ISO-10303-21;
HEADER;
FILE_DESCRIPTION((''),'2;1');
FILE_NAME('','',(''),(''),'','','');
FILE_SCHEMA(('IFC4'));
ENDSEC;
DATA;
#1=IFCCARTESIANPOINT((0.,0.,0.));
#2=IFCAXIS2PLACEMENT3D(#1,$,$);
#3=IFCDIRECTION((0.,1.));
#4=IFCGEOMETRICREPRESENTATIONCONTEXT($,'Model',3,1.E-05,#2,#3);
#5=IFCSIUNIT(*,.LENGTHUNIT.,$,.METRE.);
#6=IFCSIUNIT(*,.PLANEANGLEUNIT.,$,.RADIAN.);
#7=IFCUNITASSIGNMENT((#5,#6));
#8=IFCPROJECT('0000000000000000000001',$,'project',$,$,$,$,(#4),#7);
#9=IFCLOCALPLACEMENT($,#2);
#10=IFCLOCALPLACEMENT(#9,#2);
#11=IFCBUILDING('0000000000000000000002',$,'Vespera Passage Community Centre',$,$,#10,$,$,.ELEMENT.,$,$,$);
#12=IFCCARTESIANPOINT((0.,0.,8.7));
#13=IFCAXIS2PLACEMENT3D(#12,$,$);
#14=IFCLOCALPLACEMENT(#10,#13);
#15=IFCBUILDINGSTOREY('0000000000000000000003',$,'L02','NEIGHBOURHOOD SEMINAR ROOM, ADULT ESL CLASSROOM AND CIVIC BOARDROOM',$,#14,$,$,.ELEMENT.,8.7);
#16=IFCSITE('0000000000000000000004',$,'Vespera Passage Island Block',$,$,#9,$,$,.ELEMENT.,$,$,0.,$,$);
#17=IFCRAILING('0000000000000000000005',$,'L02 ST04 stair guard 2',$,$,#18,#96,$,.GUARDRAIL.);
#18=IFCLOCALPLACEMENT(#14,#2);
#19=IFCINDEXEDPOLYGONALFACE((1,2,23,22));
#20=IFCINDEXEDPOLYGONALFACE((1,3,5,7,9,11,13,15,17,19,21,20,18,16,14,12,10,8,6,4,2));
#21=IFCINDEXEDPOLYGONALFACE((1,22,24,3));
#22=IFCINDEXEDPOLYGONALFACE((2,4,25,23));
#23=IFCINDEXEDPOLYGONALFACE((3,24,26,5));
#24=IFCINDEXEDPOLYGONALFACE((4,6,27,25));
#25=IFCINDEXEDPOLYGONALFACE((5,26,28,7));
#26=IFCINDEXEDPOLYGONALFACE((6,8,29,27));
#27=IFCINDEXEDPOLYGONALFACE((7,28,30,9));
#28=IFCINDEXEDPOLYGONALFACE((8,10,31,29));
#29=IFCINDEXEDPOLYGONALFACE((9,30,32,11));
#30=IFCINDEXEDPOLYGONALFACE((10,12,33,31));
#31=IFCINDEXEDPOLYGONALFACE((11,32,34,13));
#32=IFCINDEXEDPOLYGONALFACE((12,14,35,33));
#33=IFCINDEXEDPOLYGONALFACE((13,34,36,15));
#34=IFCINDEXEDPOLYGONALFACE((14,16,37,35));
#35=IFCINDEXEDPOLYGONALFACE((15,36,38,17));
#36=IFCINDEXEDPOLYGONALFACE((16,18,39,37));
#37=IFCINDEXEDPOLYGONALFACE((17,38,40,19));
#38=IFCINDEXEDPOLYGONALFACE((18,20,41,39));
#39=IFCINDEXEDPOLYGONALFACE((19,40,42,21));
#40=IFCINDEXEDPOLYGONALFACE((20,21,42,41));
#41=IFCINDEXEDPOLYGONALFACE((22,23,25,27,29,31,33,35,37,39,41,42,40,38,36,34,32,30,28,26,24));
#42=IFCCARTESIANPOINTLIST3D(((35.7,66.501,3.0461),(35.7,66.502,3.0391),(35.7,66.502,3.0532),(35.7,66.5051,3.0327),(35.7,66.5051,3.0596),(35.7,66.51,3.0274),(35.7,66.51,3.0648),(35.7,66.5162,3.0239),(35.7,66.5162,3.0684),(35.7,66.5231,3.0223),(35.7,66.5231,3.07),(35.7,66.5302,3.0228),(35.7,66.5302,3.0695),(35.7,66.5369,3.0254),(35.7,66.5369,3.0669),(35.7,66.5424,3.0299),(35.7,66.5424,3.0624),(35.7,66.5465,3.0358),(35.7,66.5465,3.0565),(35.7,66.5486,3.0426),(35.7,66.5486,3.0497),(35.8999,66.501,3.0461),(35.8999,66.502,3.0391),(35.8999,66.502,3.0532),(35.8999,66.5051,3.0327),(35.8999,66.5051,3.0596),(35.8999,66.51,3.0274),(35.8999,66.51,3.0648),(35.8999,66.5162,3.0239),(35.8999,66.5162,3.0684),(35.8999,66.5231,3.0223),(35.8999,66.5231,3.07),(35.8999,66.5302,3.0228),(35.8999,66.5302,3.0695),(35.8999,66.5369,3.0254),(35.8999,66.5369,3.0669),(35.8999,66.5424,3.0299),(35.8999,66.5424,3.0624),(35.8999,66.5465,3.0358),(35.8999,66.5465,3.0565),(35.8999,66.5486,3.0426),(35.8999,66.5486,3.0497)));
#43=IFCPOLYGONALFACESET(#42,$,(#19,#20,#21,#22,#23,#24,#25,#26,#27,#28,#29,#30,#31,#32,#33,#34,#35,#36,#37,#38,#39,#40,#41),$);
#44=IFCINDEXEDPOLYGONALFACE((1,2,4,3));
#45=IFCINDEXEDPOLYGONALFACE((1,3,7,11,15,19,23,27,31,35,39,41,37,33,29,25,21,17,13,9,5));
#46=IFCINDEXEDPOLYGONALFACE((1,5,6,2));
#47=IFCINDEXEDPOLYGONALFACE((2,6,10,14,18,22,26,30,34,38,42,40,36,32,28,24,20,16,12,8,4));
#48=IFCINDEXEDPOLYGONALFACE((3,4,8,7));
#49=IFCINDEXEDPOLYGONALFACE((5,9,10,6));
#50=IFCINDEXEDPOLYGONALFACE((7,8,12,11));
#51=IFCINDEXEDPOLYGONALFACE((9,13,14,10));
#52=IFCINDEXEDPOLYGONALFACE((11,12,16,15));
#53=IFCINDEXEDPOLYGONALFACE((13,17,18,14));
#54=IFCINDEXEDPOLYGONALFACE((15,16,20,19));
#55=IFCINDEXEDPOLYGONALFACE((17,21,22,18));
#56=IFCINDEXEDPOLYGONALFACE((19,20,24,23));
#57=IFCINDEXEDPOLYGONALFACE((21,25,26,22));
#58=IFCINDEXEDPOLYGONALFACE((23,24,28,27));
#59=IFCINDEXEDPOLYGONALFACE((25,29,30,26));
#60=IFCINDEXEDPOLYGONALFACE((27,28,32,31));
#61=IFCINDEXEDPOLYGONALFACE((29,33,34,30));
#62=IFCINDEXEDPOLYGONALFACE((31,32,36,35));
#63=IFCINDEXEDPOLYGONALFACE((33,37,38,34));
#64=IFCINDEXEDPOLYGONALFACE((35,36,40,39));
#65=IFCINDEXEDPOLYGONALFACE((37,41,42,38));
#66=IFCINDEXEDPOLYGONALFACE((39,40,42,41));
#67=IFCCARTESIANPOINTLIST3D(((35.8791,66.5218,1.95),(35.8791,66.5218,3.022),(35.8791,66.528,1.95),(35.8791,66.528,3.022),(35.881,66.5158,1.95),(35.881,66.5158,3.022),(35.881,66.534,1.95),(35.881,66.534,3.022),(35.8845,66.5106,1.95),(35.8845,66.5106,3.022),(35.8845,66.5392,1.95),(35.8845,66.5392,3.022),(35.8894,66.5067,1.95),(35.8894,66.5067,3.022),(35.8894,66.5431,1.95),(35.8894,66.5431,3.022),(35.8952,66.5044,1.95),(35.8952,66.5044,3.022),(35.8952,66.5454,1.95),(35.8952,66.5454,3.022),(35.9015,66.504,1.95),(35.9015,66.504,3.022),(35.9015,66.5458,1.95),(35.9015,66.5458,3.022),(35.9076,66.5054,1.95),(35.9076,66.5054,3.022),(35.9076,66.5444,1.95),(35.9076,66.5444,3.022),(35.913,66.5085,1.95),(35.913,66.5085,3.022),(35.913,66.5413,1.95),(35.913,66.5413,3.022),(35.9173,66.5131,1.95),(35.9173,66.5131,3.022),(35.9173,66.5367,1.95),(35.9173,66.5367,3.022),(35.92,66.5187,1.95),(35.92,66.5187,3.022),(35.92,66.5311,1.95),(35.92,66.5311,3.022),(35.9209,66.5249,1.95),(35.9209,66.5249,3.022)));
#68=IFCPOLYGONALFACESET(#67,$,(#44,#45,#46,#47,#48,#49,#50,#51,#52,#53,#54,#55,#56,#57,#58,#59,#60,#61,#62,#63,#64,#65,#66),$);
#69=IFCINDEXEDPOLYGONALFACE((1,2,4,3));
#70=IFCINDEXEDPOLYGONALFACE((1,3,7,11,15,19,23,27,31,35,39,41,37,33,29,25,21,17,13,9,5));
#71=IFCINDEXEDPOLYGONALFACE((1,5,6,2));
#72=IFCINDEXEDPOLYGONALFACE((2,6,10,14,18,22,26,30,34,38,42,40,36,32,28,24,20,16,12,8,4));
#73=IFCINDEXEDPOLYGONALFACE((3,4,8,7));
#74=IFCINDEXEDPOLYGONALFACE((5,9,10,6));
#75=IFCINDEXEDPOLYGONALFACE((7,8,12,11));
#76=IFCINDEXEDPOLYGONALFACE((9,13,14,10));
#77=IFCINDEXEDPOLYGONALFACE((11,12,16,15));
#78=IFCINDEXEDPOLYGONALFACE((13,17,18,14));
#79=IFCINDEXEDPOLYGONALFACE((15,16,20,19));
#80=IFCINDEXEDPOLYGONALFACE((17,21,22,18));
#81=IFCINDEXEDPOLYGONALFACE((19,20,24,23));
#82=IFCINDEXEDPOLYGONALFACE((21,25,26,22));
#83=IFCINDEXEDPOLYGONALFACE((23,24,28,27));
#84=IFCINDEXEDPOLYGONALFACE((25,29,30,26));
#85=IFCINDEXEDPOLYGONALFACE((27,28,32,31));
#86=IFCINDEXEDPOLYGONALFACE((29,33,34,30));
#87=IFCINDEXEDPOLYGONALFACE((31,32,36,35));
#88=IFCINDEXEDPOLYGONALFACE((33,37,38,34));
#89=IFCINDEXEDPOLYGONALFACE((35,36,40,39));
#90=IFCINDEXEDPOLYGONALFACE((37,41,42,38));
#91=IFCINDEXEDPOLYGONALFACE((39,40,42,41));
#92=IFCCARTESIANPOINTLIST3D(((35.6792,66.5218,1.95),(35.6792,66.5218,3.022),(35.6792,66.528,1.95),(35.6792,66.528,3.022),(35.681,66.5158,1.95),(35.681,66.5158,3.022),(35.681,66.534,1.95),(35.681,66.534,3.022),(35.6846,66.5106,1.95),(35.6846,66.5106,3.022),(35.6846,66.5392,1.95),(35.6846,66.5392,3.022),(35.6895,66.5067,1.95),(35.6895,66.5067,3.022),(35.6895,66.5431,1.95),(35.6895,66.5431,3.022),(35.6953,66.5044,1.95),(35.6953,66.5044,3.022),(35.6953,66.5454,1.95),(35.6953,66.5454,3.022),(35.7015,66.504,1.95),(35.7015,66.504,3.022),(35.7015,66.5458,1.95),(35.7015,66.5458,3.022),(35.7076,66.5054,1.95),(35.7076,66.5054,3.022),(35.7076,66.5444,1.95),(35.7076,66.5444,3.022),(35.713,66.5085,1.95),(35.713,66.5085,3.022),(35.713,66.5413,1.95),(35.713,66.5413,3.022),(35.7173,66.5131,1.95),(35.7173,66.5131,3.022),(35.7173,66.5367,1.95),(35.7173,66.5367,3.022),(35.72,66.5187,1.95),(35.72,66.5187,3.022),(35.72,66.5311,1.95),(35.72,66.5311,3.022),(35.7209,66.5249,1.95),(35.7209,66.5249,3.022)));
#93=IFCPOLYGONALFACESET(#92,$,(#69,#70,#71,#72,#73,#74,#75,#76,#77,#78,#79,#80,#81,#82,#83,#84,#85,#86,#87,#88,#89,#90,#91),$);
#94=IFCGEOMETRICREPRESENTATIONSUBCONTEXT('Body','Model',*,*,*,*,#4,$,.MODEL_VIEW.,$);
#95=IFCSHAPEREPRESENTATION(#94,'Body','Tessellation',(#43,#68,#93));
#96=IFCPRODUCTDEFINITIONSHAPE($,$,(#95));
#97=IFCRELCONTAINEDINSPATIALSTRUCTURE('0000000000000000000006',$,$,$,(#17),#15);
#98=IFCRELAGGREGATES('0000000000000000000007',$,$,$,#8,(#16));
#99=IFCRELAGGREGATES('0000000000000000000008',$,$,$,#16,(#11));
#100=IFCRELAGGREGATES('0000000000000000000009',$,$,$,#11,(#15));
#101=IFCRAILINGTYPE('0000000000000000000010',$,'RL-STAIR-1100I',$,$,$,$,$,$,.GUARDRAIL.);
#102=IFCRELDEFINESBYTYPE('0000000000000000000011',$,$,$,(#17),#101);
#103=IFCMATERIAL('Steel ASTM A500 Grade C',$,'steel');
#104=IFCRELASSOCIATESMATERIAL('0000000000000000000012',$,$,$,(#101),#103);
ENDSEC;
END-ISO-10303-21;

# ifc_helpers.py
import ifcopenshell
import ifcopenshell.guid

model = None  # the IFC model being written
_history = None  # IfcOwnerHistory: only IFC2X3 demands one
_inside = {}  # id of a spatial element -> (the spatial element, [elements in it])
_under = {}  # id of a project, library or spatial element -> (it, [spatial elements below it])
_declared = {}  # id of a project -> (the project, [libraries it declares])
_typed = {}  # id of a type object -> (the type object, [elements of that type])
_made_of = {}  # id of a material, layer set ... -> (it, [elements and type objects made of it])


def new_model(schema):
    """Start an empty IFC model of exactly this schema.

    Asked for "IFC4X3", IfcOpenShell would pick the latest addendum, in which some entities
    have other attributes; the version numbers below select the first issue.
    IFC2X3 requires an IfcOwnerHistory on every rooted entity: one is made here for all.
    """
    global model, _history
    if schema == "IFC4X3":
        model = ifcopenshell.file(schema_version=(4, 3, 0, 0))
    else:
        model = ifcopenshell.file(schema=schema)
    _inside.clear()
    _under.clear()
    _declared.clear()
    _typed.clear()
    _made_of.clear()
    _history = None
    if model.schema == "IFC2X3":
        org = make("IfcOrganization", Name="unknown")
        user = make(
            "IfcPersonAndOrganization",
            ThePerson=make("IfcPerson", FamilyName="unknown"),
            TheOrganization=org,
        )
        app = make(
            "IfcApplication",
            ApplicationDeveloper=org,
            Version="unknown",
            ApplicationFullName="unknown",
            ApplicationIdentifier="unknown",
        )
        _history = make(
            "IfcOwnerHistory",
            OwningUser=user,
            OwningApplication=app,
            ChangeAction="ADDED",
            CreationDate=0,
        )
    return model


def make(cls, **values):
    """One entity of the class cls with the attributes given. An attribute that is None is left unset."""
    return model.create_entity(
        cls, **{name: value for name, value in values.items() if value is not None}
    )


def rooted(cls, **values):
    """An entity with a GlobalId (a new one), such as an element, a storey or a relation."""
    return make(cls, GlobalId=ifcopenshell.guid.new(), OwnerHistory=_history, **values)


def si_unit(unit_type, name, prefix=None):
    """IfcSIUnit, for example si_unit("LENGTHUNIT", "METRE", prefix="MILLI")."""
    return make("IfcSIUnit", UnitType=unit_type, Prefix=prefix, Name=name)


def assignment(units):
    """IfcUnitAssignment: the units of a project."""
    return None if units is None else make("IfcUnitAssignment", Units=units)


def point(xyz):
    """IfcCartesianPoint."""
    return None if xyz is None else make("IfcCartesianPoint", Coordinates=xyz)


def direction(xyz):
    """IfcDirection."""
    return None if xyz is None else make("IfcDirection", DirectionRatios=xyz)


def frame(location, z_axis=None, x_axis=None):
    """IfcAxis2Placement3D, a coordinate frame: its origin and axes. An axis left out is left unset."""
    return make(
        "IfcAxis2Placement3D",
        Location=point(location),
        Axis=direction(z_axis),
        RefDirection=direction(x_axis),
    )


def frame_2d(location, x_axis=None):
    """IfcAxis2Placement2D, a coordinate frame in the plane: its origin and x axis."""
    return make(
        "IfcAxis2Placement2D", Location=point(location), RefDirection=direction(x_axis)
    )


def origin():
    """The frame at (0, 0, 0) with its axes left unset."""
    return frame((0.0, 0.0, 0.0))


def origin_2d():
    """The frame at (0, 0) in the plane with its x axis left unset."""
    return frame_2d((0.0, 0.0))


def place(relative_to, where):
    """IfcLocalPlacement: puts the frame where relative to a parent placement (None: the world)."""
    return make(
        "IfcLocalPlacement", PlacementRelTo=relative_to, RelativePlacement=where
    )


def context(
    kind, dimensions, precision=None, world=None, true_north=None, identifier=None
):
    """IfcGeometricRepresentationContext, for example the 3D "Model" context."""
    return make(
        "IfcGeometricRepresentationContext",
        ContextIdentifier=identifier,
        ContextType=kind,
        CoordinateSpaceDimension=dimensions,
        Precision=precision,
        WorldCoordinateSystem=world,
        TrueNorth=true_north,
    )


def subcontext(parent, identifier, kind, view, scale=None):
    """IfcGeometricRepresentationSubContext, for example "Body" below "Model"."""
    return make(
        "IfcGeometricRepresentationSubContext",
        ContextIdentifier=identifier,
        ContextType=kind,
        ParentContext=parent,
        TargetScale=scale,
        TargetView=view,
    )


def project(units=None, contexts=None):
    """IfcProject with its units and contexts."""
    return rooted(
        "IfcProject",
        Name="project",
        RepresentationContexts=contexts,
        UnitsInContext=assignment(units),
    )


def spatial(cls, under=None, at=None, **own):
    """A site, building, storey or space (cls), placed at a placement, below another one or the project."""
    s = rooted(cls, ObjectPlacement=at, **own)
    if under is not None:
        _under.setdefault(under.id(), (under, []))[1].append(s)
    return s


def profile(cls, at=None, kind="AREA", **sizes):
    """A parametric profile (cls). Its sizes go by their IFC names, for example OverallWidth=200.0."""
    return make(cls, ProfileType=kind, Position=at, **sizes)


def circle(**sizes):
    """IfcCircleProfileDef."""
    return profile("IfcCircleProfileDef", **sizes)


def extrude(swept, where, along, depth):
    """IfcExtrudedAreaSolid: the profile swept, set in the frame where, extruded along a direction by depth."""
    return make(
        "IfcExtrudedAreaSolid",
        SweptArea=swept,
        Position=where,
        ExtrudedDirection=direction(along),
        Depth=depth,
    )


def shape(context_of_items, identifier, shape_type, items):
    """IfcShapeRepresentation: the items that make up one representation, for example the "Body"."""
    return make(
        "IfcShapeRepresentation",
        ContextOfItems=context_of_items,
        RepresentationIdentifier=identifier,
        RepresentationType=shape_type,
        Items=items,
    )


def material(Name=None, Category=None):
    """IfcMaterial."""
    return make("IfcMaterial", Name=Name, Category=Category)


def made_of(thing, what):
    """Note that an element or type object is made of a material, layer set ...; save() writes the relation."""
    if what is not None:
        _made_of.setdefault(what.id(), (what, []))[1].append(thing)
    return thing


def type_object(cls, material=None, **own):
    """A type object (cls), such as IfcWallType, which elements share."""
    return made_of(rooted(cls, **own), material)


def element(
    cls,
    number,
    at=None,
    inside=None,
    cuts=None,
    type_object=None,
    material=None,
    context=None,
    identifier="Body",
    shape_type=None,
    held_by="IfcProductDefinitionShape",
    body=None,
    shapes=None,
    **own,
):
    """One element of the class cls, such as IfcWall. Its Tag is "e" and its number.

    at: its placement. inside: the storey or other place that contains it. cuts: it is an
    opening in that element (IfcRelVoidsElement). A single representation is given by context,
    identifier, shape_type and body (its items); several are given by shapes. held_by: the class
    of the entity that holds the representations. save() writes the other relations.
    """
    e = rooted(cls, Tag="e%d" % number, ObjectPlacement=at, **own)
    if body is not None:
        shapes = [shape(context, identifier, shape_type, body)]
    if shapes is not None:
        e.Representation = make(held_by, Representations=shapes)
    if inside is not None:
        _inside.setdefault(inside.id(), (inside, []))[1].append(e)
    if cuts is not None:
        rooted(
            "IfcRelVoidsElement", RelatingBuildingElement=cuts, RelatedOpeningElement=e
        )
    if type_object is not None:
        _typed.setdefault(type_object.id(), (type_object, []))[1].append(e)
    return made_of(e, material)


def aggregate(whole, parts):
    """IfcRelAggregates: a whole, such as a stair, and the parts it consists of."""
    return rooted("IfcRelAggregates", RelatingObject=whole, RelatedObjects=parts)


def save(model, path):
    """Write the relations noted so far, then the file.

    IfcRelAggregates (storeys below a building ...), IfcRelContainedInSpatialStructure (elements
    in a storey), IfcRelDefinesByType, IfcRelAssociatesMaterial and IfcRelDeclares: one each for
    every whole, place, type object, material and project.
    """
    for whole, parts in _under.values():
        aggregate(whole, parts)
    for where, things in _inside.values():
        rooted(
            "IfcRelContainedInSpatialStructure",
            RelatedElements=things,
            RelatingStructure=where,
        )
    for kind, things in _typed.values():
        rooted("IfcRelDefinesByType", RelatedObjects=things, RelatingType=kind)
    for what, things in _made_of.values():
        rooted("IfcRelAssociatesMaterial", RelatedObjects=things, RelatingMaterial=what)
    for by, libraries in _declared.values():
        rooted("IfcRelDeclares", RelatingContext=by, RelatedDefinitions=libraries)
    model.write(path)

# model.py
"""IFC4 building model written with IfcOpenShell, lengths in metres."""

from ifc_helpers import new_model, si_unit, direction, frame, origin, origin_2d, place, context, subcontext, project, spatial, circle, extrude, material, type_object, element, save


model = new_model("IFC4")

# Units and contexts
model_context = context("Model", 3, precision=1e-05, world=origin(), true_north=direction((0.0, 1.0)))
body_context = subcontext(model_context, "Body", "Model", "MODEL_VIEW")
ifc_project = project(units=[si_unit("LENGTHUNIT", "METRE"), si_unit("PLANEANGLEUNIT", "RADIAN")], contexts=[model_context])

# Site, building, storey
site_placement = place(None, origin())
site = spatial("IfcSite", under=ifc_project, at=site_placement, Name="Vespera Passage Island Block", CompositionType="ELEMENT", RefElevation=0.0)
building_placement = place(site_placement, origin())
building = spatial("IfcBuilding", under=site, at=building_placement, Name="Vespera Passage Community Centre", CompositionType="ELEMENT")
storey_placement = place(building_placement, frame((0.0, 0.0, 8.7)))
storey = spatial("IfcBuildingStorey", under=building, at=storey_placement, Name="L02", Description="NEIGHBOURHOOD SEMINAR ROOM, ADULT ESL CLASSROOM AND CIVIC BOARDROOM", CompositionType="ELEMENT", Elevation=8.7)

# Railing
ifc_material_1 = material(Name="Steel ASTM A500 Grade C", Category="steel")
railing_type_1 = type_object("IfcRailingType", Name="RL-STAIR-1100I", PredefinedType="GUARDRAIL", material=ifc_material_1)
railing_1_placement = place(storey_placement, frame((35.8999, 66.5249, 1.95)))
element("IfcRailing", 1, at=railing_1_placement, inside=storey, type_object=railing_type_1, Name="L02 ST04 stair guard 2", PredefinedType="GUARDRAIL", context=body_context, shape_type="SweptSolid", body=[
    extrude(circle(Radius=0.0239, at=origin_2d()), frame((0.0, 0.0, 1.0962), z_axis=(-1.0, 0.0, 0.0), x_axis=(0.0, -1.0, 0.0)), (0.0, 0.0, 1.0), 0.2),
    extrude(circle(Radius=0.021, at=origin_2d()), origin(), (0.0, 0.0, 1.0), 1.072),
    extrude(circle(Radius=0.021, at=origin_2d()), frame((-0.2, 0.0, 0.0)), (0.0, 0.0, 1.0), 1.072),
])

save(model, "model.ifc")
